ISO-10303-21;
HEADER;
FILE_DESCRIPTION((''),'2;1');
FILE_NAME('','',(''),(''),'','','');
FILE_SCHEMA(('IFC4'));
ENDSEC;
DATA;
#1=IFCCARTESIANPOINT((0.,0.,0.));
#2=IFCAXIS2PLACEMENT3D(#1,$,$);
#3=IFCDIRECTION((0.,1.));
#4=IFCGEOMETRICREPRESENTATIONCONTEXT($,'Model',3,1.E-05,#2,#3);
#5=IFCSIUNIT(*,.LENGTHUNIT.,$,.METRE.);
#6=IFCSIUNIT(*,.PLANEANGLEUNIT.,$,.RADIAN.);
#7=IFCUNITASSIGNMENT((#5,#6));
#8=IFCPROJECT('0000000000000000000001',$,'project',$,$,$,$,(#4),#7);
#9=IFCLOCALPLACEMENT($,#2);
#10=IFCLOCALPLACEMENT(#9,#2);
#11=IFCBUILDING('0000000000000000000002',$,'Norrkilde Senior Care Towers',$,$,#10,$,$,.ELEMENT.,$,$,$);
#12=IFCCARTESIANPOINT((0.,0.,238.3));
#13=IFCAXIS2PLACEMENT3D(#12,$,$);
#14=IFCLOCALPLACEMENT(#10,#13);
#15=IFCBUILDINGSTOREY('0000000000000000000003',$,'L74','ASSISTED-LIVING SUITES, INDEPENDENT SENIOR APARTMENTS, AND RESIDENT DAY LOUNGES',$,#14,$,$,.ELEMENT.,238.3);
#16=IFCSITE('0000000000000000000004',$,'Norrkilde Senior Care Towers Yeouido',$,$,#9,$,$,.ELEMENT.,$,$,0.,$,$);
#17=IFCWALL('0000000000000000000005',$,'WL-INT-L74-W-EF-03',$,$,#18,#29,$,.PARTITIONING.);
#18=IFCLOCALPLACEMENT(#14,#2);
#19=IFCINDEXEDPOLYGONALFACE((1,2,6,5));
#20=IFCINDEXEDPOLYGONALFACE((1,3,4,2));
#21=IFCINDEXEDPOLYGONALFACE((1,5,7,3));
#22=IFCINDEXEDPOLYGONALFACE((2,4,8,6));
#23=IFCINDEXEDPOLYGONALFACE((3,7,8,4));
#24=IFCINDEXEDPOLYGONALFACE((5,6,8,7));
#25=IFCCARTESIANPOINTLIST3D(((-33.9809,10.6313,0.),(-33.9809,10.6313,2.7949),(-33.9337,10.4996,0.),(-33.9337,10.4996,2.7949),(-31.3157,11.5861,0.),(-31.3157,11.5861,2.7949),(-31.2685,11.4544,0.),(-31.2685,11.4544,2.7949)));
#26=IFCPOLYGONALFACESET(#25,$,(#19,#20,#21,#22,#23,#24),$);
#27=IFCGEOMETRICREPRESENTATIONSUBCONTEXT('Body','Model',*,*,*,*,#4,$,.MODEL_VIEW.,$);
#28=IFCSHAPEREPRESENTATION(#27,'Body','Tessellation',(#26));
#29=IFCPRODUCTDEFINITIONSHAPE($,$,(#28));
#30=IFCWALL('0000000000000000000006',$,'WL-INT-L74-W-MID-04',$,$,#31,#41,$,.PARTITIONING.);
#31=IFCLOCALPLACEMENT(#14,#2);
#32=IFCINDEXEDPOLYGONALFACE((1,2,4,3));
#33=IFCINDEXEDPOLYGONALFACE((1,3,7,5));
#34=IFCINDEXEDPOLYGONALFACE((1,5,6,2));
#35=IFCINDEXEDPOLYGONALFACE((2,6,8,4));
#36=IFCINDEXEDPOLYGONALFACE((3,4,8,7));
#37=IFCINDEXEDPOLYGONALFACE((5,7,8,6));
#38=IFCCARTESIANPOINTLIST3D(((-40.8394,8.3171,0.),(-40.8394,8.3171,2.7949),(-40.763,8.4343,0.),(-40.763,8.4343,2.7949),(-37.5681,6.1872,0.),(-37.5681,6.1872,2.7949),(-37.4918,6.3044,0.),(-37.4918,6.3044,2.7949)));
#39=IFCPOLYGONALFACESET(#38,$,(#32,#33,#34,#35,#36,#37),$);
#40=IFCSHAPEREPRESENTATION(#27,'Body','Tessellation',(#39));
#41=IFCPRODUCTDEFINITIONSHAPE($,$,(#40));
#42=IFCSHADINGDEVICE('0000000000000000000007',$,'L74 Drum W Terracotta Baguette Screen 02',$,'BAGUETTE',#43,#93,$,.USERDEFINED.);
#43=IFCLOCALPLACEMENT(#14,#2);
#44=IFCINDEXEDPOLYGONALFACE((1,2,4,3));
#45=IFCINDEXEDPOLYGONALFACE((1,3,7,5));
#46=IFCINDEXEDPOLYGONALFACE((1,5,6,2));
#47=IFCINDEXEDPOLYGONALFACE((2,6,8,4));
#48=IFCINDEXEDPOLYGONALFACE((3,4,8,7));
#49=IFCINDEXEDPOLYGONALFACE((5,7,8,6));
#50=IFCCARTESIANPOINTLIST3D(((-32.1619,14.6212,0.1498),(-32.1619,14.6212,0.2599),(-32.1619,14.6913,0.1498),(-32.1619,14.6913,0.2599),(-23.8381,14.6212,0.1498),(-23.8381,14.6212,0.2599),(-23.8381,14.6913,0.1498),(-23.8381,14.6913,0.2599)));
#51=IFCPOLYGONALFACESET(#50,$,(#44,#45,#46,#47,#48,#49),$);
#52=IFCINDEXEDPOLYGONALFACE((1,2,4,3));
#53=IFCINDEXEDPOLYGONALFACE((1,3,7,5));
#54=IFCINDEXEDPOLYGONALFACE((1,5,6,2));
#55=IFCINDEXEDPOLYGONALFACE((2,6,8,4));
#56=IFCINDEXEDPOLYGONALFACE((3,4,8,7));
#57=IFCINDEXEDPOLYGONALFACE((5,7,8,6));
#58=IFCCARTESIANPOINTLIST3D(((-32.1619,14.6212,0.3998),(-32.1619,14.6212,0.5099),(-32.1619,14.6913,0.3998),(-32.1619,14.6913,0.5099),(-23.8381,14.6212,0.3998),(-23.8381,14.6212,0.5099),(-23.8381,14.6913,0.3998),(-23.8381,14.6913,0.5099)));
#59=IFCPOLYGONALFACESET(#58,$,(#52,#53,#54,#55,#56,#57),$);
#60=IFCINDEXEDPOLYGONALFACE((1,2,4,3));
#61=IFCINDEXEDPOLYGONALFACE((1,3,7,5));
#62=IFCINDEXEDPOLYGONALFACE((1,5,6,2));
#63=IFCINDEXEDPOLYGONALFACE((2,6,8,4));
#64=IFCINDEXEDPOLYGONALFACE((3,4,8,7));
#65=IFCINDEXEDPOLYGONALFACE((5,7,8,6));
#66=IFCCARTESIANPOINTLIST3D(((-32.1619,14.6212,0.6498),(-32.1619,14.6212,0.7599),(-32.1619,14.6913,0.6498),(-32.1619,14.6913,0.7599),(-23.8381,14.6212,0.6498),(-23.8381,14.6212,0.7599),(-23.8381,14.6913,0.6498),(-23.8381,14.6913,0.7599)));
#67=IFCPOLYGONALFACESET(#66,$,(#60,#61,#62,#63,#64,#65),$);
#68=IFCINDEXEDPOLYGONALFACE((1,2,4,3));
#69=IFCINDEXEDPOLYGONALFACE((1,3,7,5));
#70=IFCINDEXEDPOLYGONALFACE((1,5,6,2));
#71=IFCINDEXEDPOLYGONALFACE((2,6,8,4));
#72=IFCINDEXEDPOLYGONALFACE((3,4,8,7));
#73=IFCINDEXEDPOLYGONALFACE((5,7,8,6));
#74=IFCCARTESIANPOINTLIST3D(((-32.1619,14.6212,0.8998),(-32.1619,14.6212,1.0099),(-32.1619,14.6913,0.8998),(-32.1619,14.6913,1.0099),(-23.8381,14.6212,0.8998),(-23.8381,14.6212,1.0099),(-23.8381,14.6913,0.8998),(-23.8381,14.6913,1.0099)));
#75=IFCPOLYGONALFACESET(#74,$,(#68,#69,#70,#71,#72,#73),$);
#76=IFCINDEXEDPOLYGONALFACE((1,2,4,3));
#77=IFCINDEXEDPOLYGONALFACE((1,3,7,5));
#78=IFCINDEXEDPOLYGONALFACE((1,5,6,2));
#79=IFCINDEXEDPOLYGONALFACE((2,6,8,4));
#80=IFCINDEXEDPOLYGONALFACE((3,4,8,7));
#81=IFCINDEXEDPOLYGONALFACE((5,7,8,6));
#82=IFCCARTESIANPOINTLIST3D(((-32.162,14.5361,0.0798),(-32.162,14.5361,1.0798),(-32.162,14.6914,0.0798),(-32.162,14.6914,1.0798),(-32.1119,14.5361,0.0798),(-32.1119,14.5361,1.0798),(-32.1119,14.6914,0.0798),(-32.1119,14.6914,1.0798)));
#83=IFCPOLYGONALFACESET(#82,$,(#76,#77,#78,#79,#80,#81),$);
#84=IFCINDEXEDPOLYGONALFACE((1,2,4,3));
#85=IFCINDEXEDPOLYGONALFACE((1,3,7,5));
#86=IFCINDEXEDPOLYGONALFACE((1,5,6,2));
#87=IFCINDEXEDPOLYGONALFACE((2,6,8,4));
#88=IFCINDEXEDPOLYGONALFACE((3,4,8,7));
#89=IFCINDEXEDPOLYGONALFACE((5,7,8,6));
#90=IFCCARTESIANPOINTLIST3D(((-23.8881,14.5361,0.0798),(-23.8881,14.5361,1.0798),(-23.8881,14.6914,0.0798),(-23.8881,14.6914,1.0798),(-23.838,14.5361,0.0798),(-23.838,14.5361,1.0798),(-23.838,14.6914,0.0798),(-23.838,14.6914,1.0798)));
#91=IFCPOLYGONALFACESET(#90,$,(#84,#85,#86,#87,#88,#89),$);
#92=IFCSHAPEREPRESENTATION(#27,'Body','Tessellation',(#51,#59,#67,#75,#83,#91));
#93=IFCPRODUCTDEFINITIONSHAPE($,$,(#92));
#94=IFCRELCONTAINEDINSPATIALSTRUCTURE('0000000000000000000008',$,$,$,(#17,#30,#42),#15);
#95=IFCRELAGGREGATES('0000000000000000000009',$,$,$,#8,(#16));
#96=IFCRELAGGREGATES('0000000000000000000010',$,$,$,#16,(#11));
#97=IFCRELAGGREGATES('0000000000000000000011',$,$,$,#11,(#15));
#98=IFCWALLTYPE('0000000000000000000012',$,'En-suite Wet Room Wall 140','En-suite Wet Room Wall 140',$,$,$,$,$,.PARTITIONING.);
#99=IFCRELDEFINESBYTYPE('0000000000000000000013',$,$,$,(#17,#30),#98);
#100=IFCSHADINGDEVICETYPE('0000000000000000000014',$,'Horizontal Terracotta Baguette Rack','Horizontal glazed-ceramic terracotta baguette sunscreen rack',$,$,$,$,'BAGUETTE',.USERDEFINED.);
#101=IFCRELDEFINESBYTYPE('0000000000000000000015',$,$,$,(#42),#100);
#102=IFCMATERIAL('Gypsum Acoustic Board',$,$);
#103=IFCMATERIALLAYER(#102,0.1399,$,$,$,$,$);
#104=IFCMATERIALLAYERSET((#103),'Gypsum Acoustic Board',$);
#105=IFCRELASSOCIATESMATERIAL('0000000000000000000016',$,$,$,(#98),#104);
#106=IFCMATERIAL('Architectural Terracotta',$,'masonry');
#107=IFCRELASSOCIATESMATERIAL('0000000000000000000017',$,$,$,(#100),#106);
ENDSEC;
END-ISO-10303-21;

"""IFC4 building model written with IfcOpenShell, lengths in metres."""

from ifc_helpers import new_model, si_unit, direction, frame, frame_2d, origin, origin_2d, place, context, subcontext, project, spatial, rectangle, extrude, source, transform, mapped, material, layer, layer_set, type_object, type_shapes, element, save


model = new_model("IFC4")

# Units and contexts
model_context = context("Model", 3, precision=1e-05, world=origin(), true_north=direction((0.0, 1.0)))
body_context = subcontext(model_context, "Body", "Model", "MODEL_VIEW")
ifc_project = project(units=[si_unit("LENGTHUNIT", "METRE"), si_unit("PLANEANGLEUNIT", "RADIAN")], contexts=[model_context])

# Site, building, storey
site_placement = place(None, origin())
site = spatial("IfcSite", under=ifc_project, at=site_placement, Name="Norrkilde Senior Care Towers Yeouido", CompositionType="ELEMENT", RefElevation=0.0)
building_placement = place(site_placement, origin())
building = spatial("IfcBuilding", under=site, at=building_placement, Name="Norrkilde Senior Care Towers", CompositionType="ELEMENT")
storey_placement = place(building_placement, frame((0.0, 0.0, 238.3)))
storey = spatial("IfcBuildingStorey", under=building, at=storey_placement, Name="L74", Description="ASSISTED-LIVING SUITES, INDEPENDENT SENIOR APARTMENTS, AND RESIDENT DAY LOUNGES", CompositionType="ELEMENT", Elevation=238.3)

# Shared definitions
ifc_material_1 = material(Name="Gypsum Acoustic Board")

# Shared definitions
ifc_layer_1 = layer(ifc_material_1, 0.1399)
ifc_layer_set_1 = layer_set([ifc_layer_1], Name="Gypsum Acoustic Board")
wall_type_1 = type_object("IfcWallType", Name="En-suite Wet Room Wall 140", Description="En-suite Wet Room Wall 140", PredefinedType="PARTITIONING", material=ifc_layer_set_1)

# Walls
shared_shape_1 = source(origin(), body_context, "Body", "SweptSolid", [
    extrude(rectangle(XDim=2.8311, YDim=0.1399, at=frame_2d((1.4155, 0.0))), origin(), (0.0, 0.0, 1.0), 2.7949),
])
wall_1_placement = place(storey_placement, frame((-33.9573, 10.5654, 0.0), z_axis=(0.0, 0.0, 1.0), x_axis=(0.941412, 0.337259, 0.0)))
element("IfcWall", 1, at=wall_1_placement, inside=storey, type_object=wall_type_1, Name="WL-INT-L74-W-EF-03", PredefinedType="PARTITIONING", context=body_context, shape_type="MappedRepresentation", body=[
    mapped(shared_shape_1, transform((0.0, 0.0, 0.0), x_axis=(1.0, 0.0, 0.0), y_axis=(0.0, 1.0, 0.0), z_axis=(0.0, 0.0, 1.0), scale=1.0)),
])
shared_shape_2 = source(origin(), body_context, "Body", "SweptSolid", [
    extrude(rectangle(XDim=3.9036, YDim=0.1399, at=frame_2d((1.9517, 0.0))), origin(), (0.0, 0.0, 1.0), 2.7949),
])
wall_2_placement = place(storey_placement, frame((-37.53, 6.2458, 0.0), z_axis=(0.0, 0.0, 1.0), x_axis=(-0.838025, 0.545632, 0.0)))
element("IfcWall", 2, at=wall_2_placement, inside=storey, type_object=wall_type_1, Name="WL-INT-L74-W-MID-04", PredefinedType="PARTITIONING", context=body_context, shape_type="MappedRepresentation", body=[
    mapped(shared_shape_2, transform((0.0, 0.0, 0.0), x_axis=(1.0, 0.0, 0.0), y_axis=(0.0, 1.0, 0.0), z_axis=(0.0, 0.0, 1.0), scale=1.0)),
])

# Shading device
ifc_material_2 = material(Name="Architectural Terracotta", Category="masonry")
shading_device_type = type_object("IfcShadingDeviceType", Name="Horizontal Terracotta Baguette Rack", Description="Horizontal glazed-ceramic terracotta baguette sunscreen rack", ElementType="BAGUETTE", PredefinedType="USERDEFINED", material=ifc_material_2)
shared_shape_3 = source(origin(), body_context, "Body", "SweptSolid", [
    extrude(rectangle(XDim=0.0701, YDim=0.1101, at=origin_2d()), frame((0.0, 0.0901, 0.125), z_axis=(1.0, 0.0, 0.0), x_axis=(0.0, 1.0, 0.0)), (0.0, 0.0, 1.0), 8.3237),
    extrude(rectangle(XDim=0.0701, YDim=0.1101, at=origin_2d()), frame((0.0, 0.0901, 0.375), z_axis=(1.0, 0.0, 0.0), x_axis=(0.0, 1.0, 0.0)), (0.0, 0.0, 1.0), 8.3237),
    extrude(rectangle(XDim=0.0701, YDim=0.1101, at=origin_2d()), frame((0.0, 0.0901, 0.625), z_axis=(1.0, 0.0, 0.0), x_axis=(0.0, 1.0, 0.0)), (0.0, 0.0, 1.0), 8.3237),
    extrude(rectangle(XDim=0.0701, YDim=0.1101, at=origin_2d()), frame((0.0, 0.0901, 0.875), z_axis=(1.0, 0.0, 0.0), x_axis=(0.0, 1.0, 0.0)), (0.0, 0.0, 1.0), 8.3237),
    extrude(rectangle(XDim=0.05, YDim=0.1553, at=origin_2d()), frame((0.0249, 0.0476, 0.0)), (0.0, 0.0, 1.0), 1.0),
    extrude(rectangle(XDim=0.05, YDim=0.1553, at=origin_2d()), frame((8.2988, 0.0476, 0.0)), (0.0, 0.0, 1.0), 1.0),
])
type_shapes(shading_device_type, [shared_shape_3])
shading_device_placement = place(storey_placement, frame((-32.1619, 14.5662, 0.0798), z_axis=(0.0, 0.0, 1.0), x_axis=(1.0, 0.0, 0.0)))
element("IfcShadingDevice", 3, at=shading_device_placement, inside=storey, type_object=shading_device_type, Name="L74 Drum W Terracotta Baguette Screen 02", ObjectType="BAGUETTE", PredefinedType="USERDEFINED", context=body_context, shape_type="MappedRepresentation", body=[
    mapped(shared_shape_3, transform((0.0, 0.0, 0.0), x_axis=(1.0, 0.0, 0.0), y_axis=(0.0, 1.0, 0.0), z_axis=(0.0, 0.0, 1.0), scale=1.0)),
])

save(model, "model.ifc")
